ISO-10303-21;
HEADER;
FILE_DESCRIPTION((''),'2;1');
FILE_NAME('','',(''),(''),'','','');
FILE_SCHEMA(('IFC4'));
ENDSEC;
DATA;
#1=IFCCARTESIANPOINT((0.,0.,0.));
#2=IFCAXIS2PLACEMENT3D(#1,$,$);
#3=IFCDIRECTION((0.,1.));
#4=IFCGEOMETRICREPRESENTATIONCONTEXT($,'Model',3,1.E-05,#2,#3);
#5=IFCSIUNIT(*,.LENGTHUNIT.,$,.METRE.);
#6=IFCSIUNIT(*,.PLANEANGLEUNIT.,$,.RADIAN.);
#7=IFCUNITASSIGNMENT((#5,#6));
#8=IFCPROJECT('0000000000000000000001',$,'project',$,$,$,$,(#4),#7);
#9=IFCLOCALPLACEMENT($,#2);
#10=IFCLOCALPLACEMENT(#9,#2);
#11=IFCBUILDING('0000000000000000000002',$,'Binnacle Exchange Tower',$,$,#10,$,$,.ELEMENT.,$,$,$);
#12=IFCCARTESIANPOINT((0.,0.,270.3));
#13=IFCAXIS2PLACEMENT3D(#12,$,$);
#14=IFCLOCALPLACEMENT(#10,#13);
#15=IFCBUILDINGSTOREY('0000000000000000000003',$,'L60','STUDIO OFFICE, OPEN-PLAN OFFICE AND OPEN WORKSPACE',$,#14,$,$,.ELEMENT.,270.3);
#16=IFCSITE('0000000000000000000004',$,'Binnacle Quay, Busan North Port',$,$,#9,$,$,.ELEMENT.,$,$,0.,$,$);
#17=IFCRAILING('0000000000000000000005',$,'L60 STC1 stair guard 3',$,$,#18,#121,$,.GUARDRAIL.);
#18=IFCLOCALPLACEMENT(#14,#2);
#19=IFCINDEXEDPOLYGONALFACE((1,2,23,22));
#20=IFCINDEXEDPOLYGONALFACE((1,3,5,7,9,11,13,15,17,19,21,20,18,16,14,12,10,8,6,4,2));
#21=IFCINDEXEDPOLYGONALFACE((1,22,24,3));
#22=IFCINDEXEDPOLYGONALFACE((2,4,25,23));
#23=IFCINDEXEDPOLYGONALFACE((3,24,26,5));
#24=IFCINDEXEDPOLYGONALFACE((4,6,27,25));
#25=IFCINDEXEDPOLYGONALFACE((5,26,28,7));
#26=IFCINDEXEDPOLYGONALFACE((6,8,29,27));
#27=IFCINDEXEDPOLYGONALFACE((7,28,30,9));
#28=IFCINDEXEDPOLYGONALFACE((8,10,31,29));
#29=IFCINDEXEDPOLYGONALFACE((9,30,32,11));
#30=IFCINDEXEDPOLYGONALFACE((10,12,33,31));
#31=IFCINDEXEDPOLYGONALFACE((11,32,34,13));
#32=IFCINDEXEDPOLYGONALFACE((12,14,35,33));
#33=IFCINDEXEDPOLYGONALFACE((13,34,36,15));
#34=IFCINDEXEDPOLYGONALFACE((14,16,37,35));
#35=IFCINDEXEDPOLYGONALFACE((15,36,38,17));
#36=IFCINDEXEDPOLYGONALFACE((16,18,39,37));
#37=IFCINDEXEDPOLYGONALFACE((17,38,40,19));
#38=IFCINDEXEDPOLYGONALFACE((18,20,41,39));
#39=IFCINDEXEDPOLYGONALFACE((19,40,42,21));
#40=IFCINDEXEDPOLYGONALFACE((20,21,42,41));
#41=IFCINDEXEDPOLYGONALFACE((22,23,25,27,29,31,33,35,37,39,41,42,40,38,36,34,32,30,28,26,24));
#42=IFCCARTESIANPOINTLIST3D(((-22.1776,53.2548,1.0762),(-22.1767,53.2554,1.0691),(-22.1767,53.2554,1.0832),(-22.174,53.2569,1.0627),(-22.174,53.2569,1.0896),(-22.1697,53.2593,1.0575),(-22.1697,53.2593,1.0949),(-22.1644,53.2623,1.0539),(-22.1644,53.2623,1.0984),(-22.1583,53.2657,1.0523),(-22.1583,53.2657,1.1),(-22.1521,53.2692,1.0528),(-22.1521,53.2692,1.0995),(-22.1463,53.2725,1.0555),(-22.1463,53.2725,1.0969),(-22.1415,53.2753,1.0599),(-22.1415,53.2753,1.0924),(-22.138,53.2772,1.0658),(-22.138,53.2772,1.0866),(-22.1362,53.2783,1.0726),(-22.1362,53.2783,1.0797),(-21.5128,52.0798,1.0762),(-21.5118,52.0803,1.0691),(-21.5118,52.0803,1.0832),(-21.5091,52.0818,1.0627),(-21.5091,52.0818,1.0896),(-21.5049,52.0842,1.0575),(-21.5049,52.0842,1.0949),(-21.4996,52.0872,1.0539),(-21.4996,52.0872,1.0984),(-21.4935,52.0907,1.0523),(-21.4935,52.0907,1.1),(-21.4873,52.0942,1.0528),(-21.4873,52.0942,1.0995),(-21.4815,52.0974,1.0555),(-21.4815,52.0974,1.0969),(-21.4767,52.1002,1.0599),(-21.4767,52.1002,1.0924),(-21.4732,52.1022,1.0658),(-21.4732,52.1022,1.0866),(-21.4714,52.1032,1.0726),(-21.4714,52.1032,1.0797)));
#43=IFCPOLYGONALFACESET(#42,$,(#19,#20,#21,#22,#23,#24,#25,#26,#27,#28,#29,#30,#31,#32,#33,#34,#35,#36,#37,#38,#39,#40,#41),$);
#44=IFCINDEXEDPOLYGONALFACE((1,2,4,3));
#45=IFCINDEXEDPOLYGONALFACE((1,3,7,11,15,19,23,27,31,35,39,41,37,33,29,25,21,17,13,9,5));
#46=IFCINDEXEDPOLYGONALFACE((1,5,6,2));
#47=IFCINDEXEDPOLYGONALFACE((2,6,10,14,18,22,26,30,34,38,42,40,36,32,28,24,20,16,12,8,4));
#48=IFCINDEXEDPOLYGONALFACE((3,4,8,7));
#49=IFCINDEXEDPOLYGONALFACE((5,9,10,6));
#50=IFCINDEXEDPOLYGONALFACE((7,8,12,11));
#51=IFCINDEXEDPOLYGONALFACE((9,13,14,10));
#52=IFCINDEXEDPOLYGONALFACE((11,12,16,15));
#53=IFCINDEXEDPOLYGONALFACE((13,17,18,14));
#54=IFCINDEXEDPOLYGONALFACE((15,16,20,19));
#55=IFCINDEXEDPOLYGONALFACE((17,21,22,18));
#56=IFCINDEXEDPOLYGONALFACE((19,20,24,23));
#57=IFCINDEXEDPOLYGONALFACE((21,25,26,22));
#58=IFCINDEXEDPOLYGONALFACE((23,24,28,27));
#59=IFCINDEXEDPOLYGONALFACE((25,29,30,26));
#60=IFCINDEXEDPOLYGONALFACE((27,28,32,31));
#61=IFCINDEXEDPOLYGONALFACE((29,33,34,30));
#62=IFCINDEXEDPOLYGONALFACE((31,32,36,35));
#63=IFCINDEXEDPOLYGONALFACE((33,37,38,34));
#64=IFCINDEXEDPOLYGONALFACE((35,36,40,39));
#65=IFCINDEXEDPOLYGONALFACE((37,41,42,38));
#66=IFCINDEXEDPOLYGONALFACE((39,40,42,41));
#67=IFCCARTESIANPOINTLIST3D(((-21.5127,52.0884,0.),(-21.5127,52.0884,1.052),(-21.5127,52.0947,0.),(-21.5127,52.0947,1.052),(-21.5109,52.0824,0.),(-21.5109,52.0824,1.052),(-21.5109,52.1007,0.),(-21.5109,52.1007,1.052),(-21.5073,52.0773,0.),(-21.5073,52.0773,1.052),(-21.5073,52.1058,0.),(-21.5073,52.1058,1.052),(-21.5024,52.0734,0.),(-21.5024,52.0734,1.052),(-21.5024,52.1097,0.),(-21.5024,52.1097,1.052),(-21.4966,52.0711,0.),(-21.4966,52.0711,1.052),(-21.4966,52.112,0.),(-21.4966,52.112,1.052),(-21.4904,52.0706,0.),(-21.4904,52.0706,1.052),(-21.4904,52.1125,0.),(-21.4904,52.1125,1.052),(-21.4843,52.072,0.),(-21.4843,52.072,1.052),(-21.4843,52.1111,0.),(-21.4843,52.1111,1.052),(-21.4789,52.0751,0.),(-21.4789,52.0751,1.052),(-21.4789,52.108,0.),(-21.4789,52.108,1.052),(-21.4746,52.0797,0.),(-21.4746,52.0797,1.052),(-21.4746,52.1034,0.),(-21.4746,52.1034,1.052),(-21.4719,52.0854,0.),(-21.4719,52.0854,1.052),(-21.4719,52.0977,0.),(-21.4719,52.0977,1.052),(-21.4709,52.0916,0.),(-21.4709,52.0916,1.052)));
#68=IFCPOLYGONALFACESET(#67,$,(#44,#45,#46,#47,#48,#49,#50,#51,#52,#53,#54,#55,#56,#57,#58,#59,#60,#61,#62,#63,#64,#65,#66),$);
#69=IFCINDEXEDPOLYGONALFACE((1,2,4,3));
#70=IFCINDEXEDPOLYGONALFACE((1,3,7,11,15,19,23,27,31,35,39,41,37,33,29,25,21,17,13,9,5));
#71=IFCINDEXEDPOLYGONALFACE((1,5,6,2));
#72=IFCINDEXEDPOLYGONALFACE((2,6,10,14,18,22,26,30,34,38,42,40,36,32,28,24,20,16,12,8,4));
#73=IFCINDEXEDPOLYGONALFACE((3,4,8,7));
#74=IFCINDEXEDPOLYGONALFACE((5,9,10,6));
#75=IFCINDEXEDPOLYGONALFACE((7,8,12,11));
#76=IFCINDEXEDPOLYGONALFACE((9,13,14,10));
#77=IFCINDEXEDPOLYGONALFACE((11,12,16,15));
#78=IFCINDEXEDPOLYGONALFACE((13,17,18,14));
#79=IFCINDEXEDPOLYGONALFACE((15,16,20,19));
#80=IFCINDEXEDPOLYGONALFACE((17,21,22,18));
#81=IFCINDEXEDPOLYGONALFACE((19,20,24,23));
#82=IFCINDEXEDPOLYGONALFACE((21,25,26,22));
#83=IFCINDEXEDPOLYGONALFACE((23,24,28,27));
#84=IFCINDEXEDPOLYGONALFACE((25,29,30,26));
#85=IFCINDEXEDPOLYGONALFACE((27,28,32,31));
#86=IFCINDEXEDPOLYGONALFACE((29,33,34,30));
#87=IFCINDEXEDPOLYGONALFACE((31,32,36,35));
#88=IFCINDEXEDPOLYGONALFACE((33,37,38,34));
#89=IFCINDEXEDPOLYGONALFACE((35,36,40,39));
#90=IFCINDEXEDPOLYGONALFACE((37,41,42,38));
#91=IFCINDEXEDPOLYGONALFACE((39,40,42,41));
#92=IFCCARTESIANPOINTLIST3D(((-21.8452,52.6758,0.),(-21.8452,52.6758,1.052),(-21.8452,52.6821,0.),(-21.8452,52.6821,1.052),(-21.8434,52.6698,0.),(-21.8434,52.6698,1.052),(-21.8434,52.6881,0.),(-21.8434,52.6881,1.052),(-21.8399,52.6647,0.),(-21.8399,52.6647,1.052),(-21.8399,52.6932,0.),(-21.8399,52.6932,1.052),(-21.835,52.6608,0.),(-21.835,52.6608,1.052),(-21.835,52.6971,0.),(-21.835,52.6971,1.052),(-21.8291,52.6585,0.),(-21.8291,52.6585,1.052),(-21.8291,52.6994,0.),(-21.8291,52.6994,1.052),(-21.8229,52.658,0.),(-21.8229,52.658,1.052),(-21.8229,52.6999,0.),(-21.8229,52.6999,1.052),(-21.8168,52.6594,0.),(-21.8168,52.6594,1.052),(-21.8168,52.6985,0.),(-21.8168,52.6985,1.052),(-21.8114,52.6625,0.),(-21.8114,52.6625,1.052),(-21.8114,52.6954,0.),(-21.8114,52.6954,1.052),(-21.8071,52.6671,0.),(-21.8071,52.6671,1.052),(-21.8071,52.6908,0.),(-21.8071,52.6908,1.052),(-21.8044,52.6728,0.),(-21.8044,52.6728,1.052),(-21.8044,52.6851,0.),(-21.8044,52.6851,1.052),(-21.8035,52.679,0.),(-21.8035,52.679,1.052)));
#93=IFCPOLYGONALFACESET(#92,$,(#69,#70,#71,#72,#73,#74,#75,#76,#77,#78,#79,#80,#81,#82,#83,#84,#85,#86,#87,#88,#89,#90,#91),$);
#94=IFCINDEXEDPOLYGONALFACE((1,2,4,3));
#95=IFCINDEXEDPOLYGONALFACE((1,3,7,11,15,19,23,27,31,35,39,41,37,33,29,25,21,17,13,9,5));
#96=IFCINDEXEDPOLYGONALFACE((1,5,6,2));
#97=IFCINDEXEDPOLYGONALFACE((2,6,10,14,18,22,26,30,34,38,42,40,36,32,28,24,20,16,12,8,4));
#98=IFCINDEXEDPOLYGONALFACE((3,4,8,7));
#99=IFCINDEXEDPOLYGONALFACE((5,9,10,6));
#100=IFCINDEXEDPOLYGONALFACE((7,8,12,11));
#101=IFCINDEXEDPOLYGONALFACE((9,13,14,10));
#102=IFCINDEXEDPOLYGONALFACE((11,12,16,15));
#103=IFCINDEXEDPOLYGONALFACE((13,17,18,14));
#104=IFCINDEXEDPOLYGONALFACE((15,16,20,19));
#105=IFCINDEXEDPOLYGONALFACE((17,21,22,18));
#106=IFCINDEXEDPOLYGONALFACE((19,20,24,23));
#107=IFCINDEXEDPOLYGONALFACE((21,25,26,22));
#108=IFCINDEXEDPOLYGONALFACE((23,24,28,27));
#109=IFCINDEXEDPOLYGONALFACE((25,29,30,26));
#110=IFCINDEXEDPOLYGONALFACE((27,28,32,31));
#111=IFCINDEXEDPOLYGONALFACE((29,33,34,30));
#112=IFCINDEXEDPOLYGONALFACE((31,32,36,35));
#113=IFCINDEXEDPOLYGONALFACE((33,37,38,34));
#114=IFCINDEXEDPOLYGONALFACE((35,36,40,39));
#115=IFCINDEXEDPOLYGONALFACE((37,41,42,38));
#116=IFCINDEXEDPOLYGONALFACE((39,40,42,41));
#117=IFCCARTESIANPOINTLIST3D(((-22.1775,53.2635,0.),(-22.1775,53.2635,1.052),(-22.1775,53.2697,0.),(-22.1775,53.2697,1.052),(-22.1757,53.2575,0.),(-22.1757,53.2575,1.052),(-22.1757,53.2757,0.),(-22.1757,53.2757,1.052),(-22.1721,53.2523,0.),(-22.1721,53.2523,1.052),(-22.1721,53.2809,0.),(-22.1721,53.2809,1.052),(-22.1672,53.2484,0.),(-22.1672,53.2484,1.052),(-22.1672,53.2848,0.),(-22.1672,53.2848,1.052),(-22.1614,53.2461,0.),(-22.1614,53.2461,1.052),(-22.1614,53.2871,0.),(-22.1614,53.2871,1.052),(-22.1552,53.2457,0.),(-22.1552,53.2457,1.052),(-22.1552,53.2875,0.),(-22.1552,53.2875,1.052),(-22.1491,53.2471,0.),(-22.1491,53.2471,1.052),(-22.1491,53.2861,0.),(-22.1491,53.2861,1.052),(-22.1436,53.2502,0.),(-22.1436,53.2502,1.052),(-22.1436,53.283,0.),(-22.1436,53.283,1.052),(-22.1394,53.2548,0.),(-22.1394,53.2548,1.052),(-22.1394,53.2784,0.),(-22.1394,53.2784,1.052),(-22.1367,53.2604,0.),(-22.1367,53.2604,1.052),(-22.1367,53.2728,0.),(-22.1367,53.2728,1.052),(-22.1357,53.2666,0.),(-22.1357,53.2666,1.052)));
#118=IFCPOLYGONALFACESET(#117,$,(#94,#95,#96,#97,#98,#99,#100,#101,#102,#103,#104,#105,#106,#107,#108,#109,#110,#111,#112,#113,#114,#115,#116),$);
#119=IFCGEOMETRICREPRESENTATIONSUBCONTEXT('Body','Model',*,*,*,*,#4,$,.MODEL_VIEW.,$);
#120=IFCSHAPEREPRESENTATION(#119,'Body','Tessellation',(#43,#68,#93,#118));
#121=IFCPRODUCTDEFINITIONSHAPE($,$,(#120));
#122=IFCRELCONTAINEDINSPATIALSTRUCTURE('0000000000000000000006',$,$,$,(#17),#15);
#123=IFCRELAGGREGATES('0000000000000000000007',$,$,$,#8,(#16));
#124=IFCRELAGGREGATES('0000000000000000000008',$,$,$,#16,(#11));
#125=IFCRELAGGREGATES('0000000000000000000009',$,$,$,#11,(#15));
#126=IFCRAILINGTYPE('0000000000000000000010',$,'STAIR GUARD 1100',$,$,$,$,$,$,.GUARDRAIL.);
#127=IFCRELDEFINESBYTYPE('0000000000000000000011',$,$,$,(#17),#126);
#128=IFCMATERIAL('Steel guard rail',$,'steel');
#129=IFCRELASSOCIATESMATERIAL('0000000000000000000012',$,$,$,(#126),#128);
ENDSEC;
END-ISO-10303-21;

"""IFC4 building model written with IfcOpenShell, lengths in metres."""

from ifc_helpers import new_model, si_unit, direction, frame, origin, origin_2d, place, context, subcontext, project, spatial, circle, extrude, material, type_object, element, save


model = new_model("IFC4")

# Units and contexts
model_context = context("Model", 3, precision=1e-05, world=origin(), true_north=direction((0.0, 1.0)))
body_context = subcontext(model_context, "Body", "Model", "MODEL_VIEW")
ifc_project = project(units=[si_unit("LENGTHUNIT", "METRE"), si_unit("PLANEANGLEUNIT", "RADIAN")], contexts=[model_context])

# Site, building, storey
site_placement = place(None, origin())
site = spatial("IfcSite", under=ifc_project, at=site_placement, Name="Binnacle Quay, Busan North Port", CompositionType="ELEMENT", RefElevation=0.0)
building_placement = place(site_placement, origin())
building = spatial("IfcBuilding", under=site, at=building_placement, Name="Binnacle Exchange Tower", CompositionType="ELEMENT")
storey_placement = place(building_placement, frame((0.0, 0.0, 270.3)))
storey = spatial("IfcBuildingStorey", under=building, at=storey_placement, Name="L60", Description="STUDIO OFFICE, OPEN-PLAN OFFICE AND OPEN WORKSPACE", CompositionType="ELEMENT", Elevation=270.3)

# Railing
ifc_material_1 = material(Name="Steel guard rail", Category="steel")
railing_type_1 = type_object("IfcRailingType", Name="STAIR GUARD 1100", PredefinedType="GUARDRAIL", material=ifc_material_1)
railing_1_placement = place(storey_placement, frame((-21.4919, 52.0916, 0.0)))
element("IfcRailing", 1, at=railing_1_placement, inside=storey, type_object=railing_type_1, Name="L60 STC1 stair guard 3", PredefinedType="GUARDRAIL", context=body_context, shape_type="SweptSolid", body=[
    extrude(circle(Radius=0.0239, at=origin_2d()), frame((0.0, 0.0, 1.0762), z_axis=(-0.492415, 0.870361, 0.0), x_axis=(-0.870361, -0.492415, 0.0)), (0.0, 0.0, 1.0), 1.3501),
    extrude(circle(Radius=0.021, at=origin_2d()), origin(), (0.0, 0.0, 1.0), 1.052),
    extrude(circle(Radius=0.021, at=origin_2d()), frame((-0.3325, 0.5874, 0.0)), (0.0, 0.0, 1.0), 1.052),
    extrude(circle(Radius=0.021, at=origin_2d()), frame((-0.6648, 1.175, 0.0)), (0.0, 0.0, 1.0), 1.052),
])

save(model, "model.ifc")
